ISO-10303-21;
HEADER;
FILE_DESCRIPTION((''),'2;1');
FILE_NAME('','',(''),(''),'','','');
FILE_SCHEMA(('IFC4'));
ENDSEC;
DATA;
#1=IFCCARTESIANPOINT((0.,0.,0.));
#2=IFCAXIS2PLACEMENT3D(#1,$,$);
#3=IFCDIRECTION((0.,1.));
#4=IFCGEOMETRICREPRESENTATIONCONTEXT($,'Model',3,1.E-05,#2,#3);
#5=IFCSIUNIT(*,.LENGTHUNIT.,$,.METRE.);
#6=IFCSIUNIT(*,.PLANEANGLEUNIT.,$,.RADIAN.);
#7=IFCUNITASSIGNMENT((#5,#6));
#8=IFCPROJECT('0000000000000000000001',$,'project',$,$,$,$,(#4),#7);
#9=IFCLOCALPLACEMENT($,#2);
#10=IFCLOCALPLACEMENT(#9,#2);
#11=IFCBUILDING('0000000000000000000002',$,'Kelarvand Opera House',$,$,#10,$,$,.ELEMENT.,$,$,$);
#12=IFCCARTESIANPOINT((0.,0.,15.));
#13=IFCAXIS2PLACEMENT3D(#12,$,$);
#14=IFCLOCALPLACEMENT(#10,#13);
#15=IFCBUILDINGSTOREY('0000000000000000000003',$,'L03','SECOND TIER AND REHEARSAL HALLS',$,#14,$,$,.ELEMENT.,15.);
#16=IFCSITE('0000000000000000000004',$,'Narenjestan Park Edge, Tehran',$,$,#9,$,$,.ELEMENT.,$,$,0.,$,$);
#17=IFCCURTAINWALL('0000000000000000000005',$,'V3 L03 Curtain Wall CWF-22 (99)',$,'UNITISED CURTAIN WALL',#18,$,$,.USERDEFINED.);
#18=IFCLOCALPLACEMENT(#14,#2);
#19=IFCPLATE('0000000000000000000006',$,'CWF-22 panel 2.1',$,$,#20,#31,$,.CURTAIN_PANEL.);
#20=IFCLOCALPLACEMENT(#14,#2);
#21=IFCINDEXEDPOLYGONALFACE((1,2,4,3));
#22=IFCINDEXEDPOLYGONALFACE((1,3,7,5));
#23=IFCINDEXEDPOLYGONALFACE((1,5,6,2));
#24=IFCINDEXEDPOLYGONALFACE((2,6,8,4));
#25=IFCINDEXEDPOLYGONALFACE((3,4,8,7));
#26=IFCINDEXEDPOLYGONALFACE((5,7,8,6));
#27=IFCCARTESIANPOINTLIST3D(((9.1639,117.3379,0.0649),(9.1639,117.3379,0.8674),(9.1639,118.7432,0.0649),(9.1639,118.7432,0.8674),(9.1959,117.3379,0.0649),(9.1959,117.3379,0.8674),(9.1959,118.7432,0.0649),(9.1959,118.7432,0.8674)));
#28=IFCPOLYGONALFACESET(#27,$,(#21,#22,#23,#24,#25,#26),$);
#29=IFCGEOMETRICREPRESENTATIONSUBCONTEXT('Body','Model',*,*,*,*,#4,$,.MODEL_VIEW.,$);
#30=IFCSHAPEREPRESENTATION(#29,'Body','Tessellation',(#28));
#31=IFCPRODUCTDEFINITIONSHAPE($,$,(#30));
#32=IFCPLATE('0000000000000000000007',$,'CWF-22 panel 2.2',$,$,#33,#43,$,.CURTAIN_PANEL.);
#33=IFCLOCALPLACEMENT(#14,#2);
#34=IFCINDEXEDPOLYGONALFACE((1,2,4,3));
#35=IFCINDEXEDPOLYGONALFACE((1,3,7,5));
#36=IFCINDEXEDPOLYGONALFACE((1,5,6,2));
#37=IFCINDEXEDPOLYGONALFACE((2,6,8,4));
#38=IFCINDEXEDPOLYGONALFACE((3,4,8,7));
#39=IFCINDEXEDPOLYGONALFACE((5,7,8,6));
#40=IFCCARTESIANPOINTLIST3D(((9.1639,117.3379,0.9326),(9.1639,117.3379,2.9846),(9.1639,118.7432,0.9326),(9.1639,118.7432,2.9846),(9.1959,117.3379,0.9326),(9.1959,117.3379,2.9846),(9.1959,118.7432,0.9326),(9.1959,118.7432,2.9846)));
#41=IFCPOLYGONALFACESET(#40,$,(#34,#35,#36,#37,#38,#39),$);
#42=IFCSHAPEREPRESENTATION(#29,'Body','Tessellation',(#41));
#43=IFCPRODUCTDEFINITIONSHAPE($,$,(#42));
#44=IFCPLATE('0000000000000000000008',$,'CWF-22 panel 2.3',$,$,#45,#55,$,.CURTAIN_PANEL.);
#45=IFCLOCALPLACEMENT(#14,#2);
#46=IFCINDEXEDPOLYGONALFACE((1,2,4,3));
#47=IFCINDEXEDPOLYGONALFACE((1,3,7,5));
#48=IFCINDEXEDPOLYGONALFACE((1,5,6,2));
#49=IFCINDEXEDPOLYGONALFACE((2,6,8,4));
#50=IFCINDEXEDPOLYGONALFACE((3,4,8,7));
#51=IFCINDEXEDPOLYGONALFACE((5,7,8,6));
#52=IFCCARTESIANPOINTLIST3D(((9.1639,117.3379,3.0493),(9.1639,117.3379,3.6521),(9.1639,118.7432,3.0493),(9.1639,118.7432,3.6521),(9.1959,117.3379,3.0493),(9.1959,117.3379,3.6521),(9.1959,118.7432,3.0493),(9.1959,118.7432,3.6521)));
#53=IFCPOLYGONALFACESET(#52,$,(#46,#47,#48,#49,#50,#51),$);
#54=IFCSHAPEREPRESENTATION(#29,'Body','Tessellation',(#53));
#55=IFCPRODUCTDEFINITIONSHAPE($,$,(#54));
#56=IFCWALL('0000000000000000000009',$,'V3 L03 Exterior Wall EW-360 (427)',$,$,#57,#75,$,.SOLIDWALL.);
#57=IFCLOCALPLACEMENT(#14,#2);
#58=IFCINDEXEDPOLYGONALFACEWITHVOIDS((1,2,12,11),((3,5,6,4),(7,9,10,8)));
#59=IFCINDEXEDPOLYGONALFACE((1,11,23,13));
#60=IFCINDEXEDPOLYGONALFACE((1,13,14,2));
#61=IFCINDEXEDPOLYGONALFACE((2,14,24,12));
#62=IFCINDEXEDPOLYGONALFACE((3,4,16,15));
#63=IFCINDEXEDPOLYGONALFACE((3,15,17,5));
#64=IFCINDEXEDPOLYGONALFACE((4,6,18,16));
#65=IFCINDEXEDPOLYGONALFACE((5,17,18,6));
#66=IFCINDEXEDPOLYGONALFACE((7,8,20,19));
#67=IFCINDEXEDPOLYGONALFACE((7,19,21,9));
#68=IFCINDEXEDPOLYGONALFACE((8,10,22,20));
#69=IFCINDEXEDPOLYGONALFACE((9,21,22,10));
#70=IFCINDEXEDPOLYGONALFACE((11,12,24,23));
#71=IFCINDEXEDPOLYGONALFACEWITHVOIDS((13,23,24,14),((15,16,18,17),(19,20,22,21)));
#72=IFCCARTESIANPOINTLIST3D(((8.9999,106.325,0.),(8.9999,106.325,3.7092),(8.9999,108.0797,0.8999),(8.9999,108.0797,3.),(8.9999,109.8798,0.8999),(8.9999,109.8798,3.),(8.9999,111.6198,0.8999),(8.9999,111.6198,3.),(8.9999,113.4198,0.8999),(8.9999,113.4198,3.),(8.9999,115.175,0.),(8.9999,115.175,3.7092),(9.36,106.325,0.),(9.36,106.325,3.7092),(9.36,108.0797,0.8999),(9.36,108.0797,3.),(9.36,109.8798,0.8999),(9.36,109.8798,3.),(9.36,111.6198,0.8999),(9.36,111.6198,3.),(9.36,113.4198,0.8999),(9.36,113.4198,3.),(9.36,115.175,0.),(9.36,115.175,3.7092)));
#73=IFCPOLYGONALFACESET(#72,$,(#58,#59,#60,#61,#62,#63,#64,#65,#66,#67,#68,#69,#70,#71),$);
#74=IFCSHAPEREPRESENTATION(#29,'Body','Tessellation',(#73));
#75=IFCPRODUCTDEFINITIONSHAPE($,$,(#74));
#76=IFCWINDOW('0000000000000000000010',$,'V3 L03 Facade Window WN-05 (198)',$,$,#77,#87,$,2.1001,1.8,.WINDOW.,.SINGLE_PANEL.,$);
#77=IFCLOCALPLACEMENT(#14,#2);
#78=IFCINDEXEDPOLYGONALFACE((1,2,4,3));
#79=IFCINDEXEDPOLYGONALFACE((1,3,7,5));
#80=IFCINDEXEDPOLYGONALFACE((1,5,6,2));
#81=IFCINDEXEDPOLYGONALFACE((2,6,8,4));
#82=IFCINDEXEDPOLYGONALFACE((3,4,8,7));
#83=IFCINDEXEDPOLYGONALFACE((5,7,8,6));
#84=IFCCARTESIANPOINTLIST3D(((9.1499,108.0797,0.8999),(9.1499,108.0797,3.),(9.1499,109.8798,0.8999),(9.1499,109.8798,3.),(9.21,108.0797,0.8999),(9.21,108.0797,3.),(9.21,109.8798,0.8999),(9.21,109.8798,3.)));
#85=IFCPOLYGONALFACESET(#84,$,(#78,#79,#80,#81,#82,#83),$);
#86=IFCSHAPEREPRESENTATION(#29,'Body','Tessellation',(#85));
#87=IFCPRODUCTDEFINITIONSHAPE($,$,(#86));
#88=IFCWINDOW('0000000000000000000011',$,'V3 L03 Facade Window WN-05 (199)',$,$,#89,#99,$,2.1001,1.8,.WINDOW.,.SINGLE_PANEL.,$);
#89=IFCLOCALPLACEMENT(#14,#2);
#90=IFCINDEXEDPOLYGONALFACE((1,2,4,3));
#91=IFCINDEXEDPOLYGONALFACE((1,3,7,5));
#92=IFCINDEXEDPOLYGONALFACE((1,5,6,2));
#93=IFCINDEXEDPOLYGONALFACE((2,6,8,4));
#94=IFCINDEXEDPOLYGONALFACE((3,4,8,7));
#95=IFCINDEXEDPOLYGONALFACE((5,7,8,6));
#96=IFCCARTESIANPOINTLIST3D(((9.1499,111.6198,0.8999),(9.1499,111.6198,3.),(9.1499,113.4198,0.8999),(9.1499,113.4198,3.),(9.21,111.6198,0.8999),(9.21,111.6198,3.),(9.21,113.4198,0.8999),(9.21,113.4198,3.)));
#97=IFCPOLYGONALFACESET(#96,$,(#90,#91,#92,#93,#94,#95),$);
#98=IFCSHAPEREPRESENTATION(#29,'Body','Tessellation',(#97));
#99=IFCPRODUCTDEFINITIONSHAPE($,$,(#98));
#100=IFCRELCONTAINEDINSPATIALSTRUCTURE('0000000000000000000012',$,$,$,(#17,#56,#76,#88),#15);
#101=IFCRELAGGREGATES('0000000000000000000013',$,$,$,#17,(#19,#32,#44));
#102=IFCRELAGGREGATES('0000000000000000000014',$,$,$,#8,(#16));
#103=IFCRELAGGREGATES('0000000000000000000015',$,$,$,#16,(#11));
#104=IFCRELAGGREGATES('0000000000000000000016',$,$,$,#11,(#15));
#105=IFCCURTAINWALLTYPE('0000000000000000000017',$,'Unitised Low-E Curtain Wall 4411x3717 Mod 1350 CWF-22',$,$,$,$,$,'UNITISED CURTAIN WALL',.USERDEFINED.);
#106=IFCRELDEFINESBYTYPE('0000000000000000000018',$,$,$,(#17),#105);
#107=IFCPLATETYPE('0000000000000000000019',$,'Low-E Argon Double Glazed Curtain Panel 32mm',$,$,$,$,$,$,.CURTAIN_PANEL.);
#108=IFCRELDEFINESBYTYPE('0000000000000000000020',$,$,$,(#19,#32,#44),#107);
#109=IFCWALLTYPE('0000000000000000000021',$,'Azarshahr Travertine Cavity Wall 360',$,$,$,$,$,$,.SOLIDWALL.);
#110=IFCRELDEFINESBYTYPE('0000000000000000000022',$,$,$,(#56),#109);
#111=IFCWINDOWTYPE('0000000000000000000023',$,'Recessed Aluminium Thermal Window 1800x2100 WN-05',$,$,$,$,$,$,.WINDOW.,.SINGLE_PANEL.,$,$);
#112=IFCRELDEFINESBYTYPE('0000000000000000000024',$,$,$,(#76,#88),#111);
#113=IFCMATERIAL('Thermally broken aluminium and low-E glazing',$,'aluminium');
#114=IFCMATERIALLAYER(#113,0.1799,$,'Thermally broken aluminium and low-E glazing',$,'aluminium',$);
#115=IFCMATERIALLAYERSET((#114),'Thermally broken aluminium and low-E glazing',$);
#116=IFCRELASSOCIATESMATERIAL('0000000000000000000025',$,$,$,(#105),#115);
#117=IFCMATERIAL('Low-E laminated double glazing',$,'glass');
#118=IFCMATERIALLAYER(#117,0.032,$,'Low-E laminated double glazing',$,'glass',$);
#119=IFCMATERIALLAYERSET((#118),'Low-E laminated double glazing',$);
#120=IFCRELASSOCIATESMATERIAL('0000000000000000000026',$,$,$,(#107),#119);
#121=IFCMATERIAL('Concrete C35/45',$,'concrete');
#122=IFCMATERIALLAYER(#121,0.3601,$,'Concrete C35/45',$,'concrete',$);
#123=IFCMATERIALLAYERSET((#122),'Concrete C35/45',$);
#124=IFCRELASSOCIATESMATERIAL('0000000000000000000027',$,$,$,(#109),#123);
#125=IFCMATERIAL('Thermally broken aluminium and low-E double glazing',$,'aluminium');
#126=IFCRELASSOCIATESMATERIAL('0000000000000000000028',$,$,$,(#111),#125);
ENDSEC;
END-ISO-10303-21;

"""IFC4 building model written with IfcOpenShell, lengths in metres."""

from ifc_helpers import new_model, si_unit, direction, frame, frame_2d, origin, origin_2d, place, context, subcontext, project, spatial, rectangle, extrude, material, layer, layer_set, type_object, element, fill, aggregate, save


model = new_model("IFC4")

# Units and contexts
model_context = context("Model", 3, precision=1e-05, world=origin(), true_north=direction((0.0, 1.0)))
body_context = subcontext(model_context, "Body", "Model", "MODEL_VIEW")
ifc_project = project(units=[si_unit("LENGTHUNIT", "METRE"), si_unit("PLANEANGLEUNIT", "RADIAN")], contexts=[model_context])

# Site, building, storey
site_placement = place(None, origin())
site = spatial("IfcSite", under=ifc_project, at=site_placement, Name="Narenjestan Park Edge, Tehran", CompositionType="ELEMENT", RefElevation=0.0)
building_placement = place(site_placement, origin())
building = spatial("IfcBuilding", under=site, at=building_placement, Name="Kelarvand Opera House", CompositionType="ELEMENT")
storey_placement = place(building_placement, frame((0.0, 0.0, 15.0)))
storey = spatial("IfcBuildingStorey", under=building, at=storey_placement, Name="L03", Description="SECOND TIER AND REHEARSAL HALLS", CompositionType="ELEMENT", Elevation=15.0)

# Curtain wall
ifc_material_1 = material(Name="Thermally broken aluminium and low-E glazing", Category="aluminium")
ifc_layer_1 = layer(ifc_material_1, 0.1799, Name="Thermally broken aluminium and low-E glazing", Category="aluminium")
ifc_layer_set_1 = layer_set([ifc_layer_1], Name="Thermally broken aluminium and low-E glazing")
curtain_wall_type_1 = type_object("IfcCurtainWallType", Name="Unitised Low-E Curtain Wall 4411x3717 Mod 1350 CWF-22", ElementType="UNITISED CURTAIN WALL", PredefinedType="USERDEFINED", material=ifc_layer_set_1)
curtain_wall_1_placement = place(storey_placement, origin())
curtain_wall_1 = element("IfcCurtainWall", 1, at=curtain_wall_1_placement, inside=storey, type_object=curtain_wall_type_1, Name="V3 L03 Curtain Wall CWF-22 (99)", ObjectType="UNITISED CURTAIN WALL", PredefinedType="USERDEFINED")

# Plates
ifc_material_2 = material(Name="Low-E laminated double glazing", Category="glass")
ifc_layer_2 = layer(ifc_material_2, 0.032, Name="Low-E laminated double glazing", Category="glass")
ifc_layer_set_2 = layer_set([ifc_layer_2], Name="Low-E laminated double glazing")
plate_type = type_object("IfcPlateType", Name="Low-E Argon Double Glazed Curtain Panel 32mm", PredefinedType="CURTAIN_PANEL", material=ifc_layer_set_2)
plate_1_placement = place(storey_placement, frame((9.1799, 118.0405, 0.0649), z_axis=(0.0, 0.0, 1.0), x_axis=(0.0, 1.0, 0.0)))
plate_1 = element("IfcPlate", 2, at=plate_1_placement, type_object=plate_type, Name="CWF-22 panel 2.1", PredefinedType="CURTAIN_PANEL", context=body_context, shape_type="SweptSolid", body=[
    extrude(rectangle(XDim=1.4053, YDim=0.032, at=origin_2d()), origin(), (0.0, 0.0, 1.0), 0.8025),
])
plate_2_placement = place(storey_placement, frame((9.1799, 118.0405, 0.9326), z_axis=(0.0, 0.0, 1.0), x_axis=(0.0, 1.0, 0.0)))
plate_2 = element("IfcPlate", 3, at=plate_2_placement, type_object=plate_type, Name="CWF-22 panel 2.2", PredefinedType="CURTAIN_PANEL", context=body_context, shape_type="SweptSolid", body=[
    extrude(rectangle(XDim=1.4053, YDim=0.032, at=origin_2d()), origin(), (0.0, 0.0, 1.0), 2.052),
])
plate_3_placement = place(storey_placement, frame((9.1799, 118.0405, 3.0493), z_axis=(0.0, 0.0, 1.0), x_axis=(0.0, 1.0, 0.0)))
plate_3 = element("IfcPlate", 4, at=plate_3_placement, type_object=plate_type, Name="CWF-22 panel 2.3", PredefinedType="CURTAIN_PANEL", context=body_context, shape_type="SweptSolid", body=[
    extrude(rectangle(XDim=1.4053, YDim=0.032, at=origin_2d()), origin(), (0.0, 0.0, 1.0), 0.6028),
])
aggregate(curtain_wall_1, [plate_1, plate_2, plate_3])

# Wall, openings, windows
ifc_material_3 = material(Name="Concrete C35/45", Category="concrete")
ifc_layer_3 = layer(ifc_material_3, 0.3601, Name="Concrete C35/45", Category="concrete")
ifc_layer_set_3 = layer_set([ifc_layer_3], Name="Concrete C35/45")
wall_type = type_object("IfcWallType", Name="Azarshahr Travertine Cavity Wall 360", PredefinedType="SOLIDWALL", material=ifc_layer_set_3)
wall_placement = place(storey_placement, frame((9.1799, 106.325, 0.0), z_axis=(0.0, 0.0, 1.0), x_axis=(0.0, 1.0, 0.0)))
wall = element("IfcWall", 5, at=wall_placement, inside=storey, type_object=wall_type, Name="V3 L03 Exterior Wall EW-360 (427)", PredefinedType="SOLIDWALL", context=body_context, shape_type="SweptSolid", body=[
    extrude(rectangle(XDim=8.8501, YDim=0.3601, at=frame_2d((4.425, 0.0))), origin(), (0.0, 0.0, 1.0), 3.7092),
])
opening_1_placement = place(wall_placement, frame((1.7549, 0.0, 0.8999)))
opening_1 = element("IfcOpeningElement", 6, at=opening_1_placement, cuts=wall, PredefinedType="OPENING", context=body_context, shape_type="SweptSolid", body=[
    extrude(rectangle(XDim=1.8, YDim=2.1001, at=frame_2d((0.8999, 1.05))), frame((0.0, 0.1899, 0.0), z_axis=(0.0, -1.0, 0.0), x_axis=(1.0, 0.0, 0.0)), (0.0, 0.0, 1.0), 0.3801),
])
opening_2_placement = place(wall_placement, frame((5.2949, 0.0, 0.8999)))
opening_2 = element("IfcOpeningElement", 7, at=opening_2_placement, cuts=wall, PredefinedType="OPENING", context=body_context, shape_type="SweptSolid", body=[
    extrude(rectangle(XDim=1.8, YDim=2.1001, at=frame_2d((0.8999, 1.05))), frame((0.0, 0.1899, 0.0), z_axis=(0.0, -1.0, 0.0), x_axis=(1.0, 0.0, 0.0)), (0.0, 0.0, 1.0), 0.3801),
])
ifc_material_4 = material(Name="Thermally broken aluminium and low-E double glazing", Category="aluminium")
window_type = type_object("IfcWindowType", Name="Recessed Aluminium Thermal Window 1800x2100 WN-05", PartitioningType="SINGLE_PANEL", PredefinedType="WINDOW", material=ifc_material_4)
window_1_placement = place(opening_1_placement, origin())
window_1 = element("IfcWindow", 8, at=window_1_placement, inside=storey, type_object=window_type, Name="V3 L03 Facade Window WN-05 (198)", OverallHeight=2.1001, OverallWidth=1.8, PartitioningType="SINGLE_PANEL", PredefinedType="WINDOW", context=body_context, shape_type="SweptSolid", body=[
    extrude(rectangle(XDim=1.8, YDim=2.1001, at=frame_2d((0.8999, 1.05))), frame((0.0, 0.03, 0.0), z_axis=(0.0, -1.0, 0.0), x_axis=(1.0, 0.0, 0.0)), (0.0, 0.0, 1.0), 0.0601),
])
fill(opening_1, window_1)
window_2_placement = place(opening_2_placement, origin())
window_2 = element("IfcWindow", 9, at=window_2_placement, inside=storey, type_object=window_type, Name="V3 L03 Facade Window WN-05 (199)", OverallHeight=2.1001, OverallWidth=1.8, PartitioningType="SINGLE_PANEL", PredefinedType="WINDOW", context=body_context, shape_type="SweptSolid", body=[
    extrude(rectangle(XDim=1.8, YDim=2.1001, at=frame_2d((0.8999, 1.05))), frame((0.0, 0.03, 0.0), z_axis=(0.0, -1.0, 0.0), x_axis=(1.0, 0.0, 0.0)), (0.0, 0.0, 1.0), 0.0601),
])
fill(opening_2, window_2)

save(model, "model.ifc")
